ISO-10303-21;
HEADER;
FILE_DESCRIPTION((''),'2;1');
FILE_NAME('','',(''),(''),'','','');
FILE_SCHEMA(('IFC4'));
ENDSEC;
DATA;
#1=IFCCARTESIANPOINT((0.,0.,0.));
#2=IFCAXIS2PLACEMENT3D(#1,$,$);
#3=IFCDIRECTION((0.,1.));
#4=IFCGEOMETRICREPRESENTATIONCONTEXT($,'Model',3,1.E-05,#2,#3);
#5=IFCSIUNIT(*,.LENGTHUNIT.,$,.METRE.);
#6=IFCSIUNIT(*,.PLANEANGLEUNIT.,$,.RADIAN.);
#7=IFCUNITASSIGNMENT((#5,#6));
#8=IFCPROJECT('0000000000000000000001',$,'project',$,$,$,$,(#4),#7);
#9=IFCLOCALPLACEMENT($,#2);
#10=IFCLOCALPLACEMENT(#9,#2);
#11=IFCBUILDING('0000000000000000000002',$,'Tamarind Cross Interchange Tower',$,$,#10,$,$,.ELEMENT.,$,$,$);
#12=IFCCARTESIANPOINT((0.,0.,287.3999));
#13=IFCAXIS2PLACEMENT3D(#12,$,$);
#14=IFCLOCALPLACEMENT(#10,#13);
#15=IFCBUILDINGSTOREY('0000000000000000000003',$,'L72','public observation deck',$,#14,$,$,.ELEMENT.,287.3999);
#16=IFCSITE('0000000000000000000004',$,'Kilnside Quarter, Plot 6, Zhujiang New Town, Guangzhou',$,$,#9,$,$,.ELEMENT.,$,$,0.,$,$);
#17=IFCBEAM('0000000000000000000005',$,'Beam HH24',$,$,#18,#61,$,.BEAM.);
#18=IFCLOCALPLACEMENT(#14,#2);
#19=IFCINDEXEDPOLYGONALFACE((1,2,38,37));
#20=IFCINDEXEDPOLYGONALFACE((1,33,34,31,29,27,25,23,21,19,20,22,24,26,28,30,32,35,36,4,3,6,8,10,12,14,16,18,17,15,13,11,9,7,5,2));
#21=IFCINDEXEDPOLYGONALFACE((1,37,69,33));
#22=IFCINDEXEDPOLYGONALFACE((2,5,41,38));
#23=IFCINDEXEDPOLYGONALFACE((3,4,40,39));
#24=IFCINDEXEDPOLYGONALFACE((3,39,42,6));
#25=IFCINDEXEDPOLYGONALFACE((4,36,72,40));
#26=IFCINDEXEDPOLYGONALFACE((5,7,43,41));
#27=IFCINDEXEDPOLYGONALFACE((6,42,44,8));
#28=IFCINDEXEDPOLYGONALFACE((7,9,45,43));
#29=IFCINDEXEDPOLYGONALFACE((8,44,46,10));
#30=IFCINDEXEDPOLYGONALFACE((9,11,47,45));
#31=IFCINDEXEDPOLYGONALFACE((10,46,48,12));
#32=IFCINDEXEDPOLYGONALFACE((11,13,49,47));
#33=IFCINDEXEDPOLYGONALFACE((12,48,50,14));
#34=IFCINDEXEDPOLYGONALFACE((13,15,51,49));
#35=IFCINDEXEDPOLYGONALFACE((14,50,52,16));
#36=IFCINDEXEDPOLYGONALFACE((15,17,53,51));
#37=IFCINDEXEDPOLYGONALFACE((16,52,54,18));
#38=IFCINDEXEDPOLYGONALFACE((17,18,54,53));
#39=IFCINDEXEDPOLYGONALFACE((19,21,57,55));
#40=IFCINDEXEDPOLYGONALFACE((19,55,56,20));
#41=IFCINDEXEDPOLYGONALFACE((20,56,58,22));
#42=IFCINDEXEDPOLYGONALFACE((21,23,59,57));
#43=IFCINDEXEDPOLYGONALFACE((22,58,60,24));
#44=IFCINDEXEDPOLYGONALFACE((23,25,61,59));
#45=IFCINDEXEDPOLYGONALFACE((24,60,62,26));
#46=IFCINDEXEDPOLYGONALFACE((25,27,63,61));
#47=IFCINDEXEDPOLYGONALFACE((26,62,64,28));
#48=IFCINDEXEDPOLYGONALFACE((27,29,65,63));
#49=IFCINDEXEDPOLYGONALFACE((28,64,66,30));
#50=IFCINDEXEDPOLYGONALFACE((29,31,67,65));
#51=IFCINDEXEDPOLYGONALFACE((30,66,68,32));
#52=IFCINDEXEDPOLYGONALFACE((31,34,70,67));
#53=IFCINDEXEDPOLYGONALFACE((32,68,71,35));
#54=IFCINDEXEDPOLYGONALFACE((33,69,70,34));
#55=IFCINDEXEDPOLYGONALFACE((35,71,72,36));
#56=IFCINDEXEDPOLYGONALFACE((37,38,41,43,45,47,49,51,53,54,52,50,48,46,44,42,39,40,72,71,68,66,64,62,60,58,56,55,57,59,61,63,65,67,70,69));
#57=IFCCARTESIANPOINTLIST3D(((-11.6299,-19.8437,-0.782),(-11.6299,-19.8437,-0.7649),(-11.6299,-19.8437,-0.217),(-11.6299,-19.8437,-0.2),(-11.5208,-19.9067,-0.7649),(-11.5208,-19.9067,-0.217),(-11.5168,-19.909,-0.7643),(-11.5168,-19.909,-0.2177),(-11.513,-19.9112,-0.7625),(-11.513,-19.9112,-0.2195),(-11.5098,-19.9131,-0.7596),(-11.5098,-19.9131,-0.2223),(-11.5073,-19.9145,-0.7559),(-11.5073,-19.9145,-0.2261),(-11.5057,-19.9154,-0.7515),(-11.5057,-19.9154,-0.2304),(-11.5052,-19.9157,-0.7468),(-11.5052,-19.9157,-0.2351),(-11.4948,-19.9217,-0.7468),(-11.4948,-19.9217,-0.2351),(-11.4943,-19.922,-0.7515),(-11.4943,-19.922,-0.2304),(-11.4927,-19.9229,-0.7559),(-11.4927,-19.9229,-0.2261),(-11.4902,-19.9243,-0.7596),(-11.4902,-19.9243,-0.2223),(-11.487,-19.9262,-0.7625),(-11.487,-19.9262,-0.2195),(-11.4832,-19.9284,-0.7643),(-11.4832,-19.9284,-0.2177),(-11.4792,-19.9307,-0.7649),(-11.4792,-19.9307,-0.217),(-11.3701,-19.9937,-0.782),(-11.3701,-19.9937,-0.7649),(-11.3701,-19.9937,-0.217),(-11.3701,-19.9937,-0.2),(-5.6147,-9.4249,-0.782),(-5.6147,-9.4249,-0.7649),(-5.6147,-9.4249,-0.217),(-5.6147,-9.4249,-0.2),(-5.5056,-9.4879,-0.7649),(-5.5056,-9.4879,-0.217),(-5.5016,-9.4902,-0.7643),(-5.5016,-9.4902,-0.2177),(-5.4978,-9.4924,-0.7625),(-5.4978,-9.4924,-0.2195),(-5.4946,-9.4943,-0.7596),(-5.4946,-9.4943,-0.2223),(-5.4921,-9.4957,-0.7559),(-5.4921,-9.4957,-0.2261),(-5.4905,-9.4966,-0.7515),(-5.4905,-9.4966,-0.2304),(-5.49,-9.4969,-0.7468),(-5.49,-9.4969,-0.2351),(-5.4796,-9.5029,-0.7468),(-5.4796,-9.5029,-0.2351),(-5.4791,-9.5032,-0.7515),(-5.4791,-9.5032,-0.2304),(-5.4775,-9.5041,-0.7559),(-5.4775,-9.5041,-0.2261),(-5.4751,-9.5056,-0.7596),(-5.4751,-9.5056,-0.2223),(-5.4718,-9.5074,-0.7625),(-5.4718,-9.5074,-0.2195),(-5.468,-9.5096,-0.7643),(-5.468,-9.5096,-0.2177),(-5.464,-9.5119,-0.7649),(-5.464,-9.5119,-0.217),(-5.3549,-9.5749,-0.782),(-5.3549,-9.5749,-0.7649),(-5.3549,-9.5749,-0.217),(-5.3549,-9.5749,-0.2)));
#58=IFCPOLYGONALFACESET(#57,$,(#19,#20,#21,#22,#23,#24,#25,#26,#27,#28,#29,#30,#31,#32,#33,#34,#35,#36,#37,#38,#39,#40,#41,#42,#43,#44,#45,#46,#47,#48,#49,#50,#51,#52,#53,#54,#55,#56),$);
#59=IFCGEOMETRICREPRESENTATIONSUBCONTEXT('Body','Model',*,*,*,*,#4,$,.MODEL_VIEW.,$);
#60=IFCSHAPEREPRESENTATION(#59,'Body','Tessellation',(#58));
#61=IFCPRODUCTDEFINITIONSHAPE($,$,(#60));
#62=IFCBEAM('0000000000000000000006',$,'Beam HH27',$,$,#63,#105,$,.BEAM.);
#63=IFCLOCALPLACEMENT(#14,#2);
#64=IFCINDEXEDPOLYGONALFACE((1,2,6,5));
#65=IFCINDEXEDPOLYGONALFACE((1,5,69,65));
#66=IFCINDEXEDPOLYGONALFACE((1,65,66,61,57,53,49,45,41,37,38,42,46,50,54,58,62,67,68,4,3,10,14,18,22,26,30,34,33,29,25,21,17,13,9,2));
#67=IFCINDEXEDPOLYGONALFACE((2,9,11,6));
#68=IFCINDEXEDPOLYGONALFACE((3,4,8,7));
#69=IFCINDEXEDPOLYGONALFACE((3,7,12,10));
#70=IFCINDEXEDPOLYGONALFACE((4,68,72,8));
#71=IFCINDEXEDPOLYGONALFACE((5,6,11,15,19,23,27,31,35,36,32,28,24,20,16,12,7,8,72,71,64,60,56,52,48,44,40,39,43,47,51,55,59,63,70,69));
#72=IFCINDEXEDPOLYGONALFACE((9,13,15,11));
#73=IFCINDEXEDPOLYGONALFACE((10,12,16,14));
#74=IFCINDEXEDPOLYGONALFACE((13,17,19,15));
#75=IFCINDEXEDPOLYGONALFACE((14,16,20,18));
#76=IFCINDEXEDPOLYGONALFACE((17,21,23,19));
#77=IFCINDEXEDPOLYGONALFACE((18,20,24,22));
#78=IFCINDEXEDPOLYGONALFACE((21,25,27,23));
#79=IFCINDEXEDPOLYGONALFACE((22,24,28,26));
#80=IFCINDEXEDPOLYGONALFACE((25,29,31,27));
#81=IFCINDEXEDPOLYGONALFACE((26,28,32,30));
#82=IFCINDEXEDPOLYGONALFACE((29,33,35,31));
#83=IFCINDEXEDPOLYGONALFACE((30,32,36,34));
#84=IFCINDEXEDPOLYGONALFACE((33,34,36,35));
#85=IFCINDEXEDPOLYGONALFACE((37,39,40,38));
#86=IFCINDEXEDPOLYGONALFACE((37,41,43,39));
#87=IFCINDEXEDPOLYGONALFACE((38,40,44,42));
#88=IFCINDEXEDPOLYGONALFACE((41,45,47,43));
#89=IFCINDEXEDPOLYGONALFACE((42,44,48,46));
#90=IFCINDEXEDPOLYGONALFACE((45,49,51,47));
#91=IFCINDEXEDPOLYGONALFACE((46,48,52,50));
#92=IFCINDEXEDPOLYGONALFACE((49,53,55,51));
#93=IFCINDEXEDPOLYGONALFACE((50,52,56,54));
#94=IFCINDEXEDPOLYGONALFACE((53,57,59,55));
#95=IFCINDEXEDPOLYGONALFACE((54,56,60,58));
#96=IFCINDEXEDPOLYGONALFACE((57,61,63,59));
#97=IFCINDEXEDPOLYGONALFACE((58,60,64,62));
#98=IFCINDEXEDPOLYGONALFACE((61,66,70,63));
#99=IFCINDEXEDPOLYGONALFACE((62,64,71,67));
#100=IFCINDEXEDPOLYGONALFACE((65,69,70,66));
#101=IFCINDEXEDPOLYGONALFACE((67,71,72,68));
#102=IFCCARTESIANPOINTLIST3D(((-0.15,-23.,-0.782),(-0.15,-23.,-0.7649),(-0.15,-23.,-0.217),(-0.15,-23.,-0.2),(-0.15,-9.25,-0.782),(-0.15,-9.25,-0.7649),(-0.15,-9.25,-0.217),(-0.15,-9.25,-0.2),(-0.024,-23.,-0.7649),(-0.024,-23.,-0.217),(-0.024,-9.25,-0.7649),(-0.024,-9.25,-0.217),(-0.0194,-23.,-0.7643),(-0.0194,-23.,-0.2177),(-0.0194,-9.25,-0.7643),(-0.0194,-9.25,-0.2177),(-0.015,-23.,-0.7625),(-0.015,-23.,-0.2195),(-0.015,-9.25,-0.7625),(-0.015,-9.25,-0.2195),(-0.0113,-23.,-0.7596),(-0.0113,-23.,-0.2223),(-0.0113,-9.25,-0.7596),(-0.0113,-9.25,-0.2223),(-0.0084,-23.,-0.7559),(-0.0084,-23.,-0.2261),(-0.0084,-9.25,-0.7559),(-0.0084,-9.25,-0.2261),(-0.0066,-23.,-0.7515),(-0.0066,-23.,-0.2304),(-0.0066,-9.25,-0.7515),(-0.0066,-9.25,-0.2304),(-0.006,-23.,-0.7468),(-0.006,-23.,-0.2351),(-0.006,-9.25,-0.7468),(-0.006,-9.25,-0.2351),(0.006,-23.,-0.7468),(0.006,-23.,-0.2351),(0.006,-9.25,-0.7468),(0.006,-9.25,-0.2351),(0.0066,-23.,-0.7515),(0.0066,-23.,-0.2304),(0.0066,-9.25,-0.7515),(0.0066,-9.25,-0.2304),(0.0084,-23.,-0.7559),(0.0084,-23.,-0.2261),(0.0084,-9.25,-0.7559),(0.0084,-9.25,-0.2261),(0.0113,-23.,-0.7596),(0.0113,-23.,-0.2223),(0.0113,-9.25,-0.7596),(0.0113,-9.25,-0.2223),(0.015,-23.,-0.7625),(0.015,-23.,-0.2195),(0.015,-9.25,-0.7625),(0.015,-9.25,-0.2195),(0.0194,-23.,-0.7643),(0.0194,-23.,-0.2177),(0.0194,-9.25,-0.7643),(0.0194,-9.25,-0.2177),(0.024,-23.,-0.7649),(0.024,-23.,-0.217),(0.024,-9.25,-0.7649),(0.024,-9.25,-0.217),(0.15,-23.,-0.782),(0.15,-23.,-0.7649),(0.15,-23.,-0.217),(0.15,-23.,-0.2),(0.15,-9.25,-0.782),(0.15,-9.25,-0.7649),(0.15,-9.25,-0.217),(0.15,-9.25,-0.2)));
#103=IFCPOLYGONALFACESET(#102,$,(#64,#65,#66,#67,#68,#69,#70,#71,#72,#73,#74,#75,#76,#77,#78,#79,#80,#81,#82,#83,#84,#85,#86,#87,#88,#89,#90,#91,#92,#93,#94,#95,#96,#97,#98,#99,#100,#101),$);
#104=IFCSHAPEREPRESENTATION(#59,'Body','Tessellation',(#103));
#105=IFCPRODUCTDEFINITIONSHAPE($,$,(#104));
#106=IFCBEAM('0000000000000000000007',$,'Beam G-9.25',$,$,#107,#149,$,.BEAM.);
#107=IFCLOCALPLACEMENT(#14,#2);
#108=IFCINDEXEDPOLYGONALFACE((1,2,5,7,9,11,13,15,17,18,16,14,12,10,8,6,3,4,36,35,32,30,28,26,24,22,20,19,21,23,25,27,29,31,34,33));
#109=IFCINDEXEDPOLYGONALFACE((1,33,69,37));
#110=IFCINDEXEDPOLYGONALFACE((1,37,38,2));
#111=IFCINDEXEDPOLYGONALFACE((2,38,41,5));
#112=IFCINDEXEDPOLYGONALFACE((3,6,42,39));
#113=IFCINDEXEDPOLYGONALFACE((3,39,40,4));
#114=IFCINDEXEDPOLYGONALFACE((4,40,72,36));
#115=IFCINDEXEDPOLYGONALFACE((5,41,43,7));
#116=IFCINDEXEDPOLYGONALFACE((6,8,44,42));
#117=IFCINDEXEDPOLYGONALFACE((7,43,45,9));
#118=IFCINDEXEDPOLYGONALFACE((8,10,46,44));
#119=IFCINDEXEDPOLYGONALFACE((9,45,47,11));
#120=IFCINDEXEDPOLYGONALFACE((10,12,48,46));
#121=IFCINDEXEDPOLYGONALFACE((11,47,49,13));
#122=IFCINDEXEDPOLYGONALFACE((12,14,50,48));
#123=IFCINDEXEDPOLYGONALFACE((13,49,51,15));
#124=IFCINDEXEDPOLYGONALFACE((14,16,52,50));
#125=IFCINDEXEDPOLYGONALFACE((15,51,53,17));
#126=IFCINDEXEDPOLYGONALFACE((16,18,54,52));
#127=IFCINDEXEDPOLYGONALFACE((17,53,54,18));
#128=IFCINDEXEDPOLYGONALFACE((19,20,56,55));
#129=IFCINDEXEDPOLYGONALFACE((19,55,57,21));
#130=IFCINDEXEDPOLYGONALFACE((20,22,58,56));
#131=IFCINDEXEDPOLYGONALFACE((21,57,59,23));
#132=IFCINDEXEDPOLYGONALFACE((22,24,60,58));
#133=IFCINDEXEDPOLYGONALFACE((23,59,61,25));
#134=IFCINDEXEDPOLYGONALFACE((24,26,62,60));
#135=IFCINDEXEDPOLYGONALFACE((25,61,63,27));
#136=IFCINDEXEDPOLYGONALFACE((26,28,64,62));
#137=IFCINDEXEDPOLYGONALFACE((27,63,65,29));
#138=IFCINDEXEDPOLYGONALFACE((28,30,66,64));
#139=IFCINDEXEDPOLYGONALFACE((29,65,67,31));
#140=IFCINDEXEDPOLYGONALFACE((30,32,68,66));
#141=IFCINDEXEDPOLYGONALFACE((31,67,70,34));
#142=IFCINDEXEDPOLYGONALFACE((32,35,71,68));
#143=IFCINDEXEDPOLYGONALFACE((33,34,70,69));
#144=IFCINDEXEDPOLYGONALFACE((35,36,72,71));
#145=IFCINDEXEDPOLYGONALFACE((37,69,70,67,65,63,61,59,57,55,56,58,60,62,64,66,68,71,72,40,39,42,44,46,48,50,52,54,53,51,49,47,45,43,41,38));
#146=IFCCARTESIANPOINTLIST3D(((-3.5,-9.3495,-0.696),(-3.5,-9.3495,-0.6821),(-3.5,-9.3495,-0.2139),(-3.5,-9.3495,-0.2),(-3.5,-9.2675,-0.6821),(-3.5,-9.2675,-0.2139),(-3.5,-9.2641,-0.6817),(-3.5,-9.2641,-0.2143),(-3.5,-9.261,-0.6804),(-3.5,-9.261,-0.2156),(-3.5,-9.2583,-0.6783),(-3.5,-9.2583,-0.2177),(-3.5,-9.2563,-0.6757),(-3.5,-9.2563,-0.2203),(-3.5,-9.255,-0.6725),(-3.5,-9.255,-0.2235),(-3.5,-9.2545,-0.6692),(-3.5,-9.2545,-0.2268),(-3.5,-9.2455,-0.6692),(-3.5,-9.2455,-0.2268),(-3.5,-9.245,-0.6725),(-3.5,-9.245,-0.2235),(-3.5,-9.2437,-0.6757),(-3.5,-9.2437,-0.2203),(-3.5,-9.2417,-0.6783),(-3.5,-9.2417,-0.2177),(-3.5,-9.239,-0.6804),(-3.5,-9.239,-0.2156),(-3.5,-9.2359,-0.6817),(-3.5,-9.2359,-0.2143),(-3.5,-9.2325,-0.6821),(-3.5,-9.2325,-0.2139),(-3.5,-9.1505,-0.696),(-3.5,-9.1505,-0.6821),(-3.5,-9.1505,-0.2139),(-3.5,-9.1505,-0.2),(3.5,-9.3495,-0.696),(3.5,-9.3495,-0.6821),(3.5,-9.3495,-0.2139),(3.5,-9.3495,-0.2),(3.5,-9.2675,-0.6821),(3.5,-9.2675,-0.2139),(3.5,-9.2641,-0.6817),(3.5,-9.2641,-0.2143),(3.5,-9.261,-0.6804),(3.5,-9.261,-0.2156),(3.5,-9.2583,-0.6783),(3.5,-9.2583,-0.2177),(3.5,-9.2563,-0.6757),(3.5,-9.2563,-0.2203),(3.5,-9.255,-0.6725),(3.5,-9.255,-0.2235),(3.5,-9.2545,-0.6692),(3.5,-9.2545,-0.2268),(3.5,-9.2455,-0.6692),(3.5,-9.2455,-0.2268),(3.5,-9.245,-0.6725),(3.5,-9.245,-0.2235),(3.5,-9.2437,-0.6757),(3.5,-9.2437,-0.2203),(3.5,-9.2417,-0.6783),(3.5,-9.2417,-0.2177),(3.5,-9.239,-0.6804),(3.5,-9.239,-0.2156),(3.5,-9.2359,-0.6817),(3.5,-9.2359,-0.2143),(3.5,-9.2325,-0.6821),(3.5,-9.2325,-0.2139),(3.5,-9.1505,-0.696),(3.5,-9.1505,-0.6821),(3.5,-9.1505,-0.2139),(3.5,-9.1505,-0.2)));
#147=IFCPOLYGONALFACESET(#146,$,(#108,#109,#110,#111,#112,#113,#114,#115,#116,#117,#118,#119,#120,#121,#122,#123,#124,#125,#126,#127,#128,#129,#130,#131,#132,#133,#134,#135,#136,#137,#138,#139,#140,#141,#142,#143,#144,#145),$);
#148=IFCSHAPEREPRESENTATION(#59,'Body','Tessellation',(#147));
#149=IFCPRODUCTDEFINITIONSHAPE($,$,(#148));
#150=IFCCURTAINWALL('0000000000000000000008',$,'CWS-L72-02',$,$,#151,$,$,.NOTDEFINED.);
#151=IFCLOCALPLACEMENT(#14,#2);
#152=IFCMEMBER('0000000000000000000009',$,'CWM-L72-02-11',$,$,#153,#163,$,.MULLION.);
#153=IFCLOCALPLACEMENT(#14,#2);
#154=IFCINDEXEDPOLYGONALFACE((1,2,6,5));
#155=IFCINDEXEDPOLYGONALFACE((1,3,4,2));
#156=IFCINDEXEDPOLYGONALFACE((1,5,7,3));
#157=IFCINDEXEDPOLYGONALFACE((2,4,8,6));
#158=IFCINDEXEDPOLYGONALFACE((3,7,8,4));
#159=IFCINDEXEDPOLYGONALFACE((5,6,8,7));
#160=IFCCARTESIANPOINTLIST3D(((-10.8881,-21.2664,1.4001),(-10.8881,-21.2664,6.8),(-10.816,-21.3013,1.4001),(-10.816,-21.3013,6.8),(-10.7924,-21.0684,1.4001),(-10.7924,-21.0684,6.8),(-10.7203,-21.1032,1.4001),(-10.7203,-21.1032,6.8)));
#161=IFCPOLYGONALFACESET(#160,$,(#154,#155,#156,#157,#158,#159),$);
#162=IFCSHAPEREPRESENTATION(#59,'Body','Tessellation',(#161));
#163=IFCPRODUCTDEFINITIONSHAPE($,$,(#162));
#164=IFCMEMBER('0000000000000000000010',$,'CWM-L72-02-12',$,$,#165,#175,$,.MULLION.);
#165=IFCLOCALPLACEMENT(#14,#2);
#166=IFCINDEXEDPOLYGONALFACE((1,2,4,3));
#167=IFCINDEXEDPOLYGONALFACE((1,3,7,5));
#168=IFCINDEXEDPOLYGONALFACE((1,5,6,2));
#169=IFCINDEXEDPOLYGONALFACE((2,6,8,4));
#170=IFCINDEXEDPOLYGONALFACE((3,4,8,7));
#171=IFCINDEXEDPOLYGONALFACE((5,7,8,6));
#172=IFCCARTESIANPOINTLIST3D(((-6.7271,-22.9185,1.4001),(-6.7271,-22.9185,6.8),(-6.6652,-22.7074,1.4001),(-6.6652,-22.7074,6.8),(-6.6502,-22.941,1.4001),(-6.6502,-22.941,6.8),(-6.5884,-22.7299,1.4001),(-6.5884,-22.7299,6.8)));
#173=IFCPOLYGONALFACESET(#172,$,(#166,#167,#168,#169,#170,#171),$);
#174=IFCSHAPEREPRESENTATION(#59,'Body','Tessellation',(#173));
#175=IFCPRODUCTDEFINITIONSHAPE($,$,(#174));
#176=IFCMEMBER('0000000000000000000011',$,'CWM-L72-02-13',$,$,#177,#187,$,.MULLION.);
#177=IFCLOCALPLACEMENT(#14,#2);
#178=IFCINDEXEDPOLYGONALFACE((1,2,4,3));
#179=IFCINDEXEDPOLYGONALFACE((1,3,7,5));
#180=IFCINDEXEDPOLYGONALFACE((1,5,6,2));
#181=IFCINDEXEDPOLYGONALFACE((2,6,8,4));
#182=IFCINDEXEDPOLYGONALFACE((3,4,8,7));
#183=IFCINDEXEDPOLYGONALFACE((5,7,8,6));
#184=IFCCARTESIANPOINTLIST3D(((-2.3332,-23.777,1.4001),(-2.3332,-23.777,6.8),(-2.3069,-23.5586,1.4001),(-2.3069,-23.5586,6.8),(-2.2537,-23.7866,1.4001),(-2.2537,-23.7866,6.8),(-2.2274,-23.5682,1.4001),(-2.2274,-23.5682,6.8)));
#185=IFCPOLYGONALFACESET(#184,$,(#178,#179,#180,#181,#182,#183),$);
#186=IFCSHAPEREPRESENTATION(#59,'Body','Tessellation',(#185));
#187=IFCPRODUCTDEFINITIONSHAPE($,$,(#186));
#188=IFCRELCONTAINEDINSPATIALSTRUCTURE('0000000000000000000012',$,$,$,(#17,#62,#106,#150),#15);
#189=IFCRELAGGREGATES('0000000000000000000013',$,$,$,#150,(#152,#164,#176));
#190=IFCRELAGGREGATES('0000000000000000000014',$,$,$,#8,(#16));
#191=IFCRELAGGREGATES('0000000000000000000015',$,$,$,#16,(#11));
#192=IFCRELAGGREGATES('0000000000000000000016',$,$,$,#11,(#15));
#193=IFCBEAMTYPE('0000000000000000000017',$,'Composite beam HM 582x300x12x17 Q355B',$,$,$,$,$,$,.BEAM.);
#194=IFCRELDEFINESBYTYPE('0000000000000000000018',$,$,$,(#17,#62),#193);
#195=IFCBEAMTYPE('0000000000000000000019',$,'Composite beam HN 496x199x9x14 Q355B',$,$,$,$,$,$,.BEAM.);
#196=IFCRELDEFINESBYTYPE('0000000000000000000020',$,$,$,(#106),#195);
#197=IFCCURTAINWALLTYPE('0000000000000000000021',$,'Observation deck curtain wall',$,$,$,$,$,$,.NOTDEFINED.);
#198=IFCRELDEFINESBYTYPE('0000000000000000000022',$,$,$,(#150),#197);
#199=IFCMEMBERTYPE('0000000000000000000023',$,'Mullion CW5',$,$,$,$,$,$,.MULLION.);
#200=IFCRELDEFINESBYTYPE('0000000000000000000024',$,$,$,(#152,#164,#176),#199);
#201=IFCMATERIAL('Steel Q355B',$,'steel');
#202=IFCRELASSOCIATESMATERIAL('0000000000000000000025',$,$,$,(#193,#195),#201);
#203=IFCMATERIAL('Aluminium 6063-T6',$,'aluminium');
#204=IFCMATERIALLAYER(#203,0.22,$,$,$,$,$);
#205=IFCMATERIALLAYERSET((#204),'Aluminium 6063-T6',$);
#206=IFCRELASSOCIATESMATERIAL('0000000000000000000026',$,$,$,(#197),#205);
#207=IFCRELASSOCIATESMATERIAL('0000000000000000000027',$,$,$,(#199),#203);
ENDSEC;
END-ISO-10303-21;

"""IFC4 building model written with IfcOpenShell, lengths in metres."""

from ifc_helpers import new_model, si_unit, direction, frame, origin, origin_2d, place, context, subcontext, project, spatial, rectangle, i_section, extrude, material, layer, layer_set, material_profile, profile_set, type_object, element, aggregate, save


model = new_model("IFC4")

# Units and contexts
model_context = context("Model", 3, precision=1e-05, world=origin(), true_north=direction((0.0, 1.0)))
body_context = subcontext(model_context, "Body", "Model", "MODEL_VIEW")
ifc_project = project(units=[si_unit("LENGTHUNIT", "METRE"), si_unit("PLANEANGLEUNIT", "RADIAN")], contexts=[model_context])

# Site, building, storey
site_placement = place(None, origin())
site = spatial("IfcSite", under=ifc_project, at=site_placement, Name="Kilnside Quarter, Plot 6, Zhujiang New Town, Guangzhou", CompositionType="ELEMENT", RefElevation=0.0)
building_placement = place(site_placement, origin())
building = spatial("IfcBuilding", under=site, at=building_placement, Name="Tamarind Cross Interchange Tower", CompositionType="ELEMENT")
storey_placement = place(building_placement, frame((0.0, 0.0, 287.3999)))
storey = spatial("IfcBuildingStorey", under=building, at=storey_placement, Name="L72", Description="public observation deck", CompositionType="ELEMENT", Elevation=287.3999)

# Beams
ifc_material_1 = material(Name="Steel Q355B", Category="steel")
ifc_material_profile_1 = material_profile(ifc_material_1, i_section(OverallWidth=0.3, OverallDepth=0.582, WebThickness=0.012, FlangeThickness=0.0171, FilletRadius=0.0181, at=origin_2d()), Name="HM 582x300x12x17")
ifc_profile_set_1 = profile_set([ifc_material_profile_1], Name="Steel Q355B")
beam_type_1 = type_object("IfcBeamType", Name="Composite beam HM 582x300x12x17 Q355B", PredefinedType="BEAM", material=ifc_profile_set_1)
beam_1_placement = place(storey_placement, frame((-11.5, -19.9187, -0.491), z_axis=(0.499994, 0.866029, 0.0), x_axis=(-0.866029, 0.499994, 0.0)))
element("IfcBeam", 1, at=beam_1_placement, inside=storey, type_object=beam_type_1, Name="Beam HH24", PredefinedType="BEAM", context=body_context, shape_type="SweptSolid", body=[
    extrude(i_section(OverallWidth=0.3, OverallDepth=0.582, WebThickness=0.012, FlangeThickness=0.0171, FilletRadius=0.0181, at=origin_2d()), origin(), (0.0, 0.0, 1.0), 12.0305),
])
beam_2_placement = place(storey_placement, frame((0.0, -23.0, -0.491), z_axis=(0.0, 1.0, 0.0), x_axis=(-1.0, 0.0, 0.0)))
element("IfcBeam", 2, at=beam_2_placement, inside=storey, type_object=beam_type_1, Name="Beam HH27", PredefinedType="BEAM", context=body_context, shape_type="SweptSolid", body=[
    extrude(i_section(OverallWidth=0.3, OverallDepth=0.582, WebThickness=0.012, FlangeThickness=0.0171, FilletRadius=0.0181, at=origin_2d()), origin(), (0.0, 0.0, 1.0), 13.75),
])
ifc_material_profile_2 = material_profile(ifc_material_1, i_section(OverallWidth=0.199, OverallDepth=0.4961, WebThickness=0.009, FlangeThickness=0.0139, FilletRadius=0.0129, at=origin_2d()), Name="HN 496x199x9x14")
ifc_profile_set_2 = profile_set([ifc_material_profile_2], Name="Steel Q355B")
beam_type_2 = type_object("IfcBeamType", Name="Composite beam HN 496x199x9x14 Q355B", PredefinedType="BEAM", material=ifc_profile_set_2)
beam_3_placement = place(storey_placement, frame((-3.5, -9.25, -0.448), z_axis=(1.0, 0.0, 0.0), x_axis=(0.0, 1.0, 0.0)))
element("IfcBeam", 3, at=beam_3_placement, inside=storey, type_object=beam_type_2, Name="Beam G-9.25", PredefinedType="BEAM", context=body_context, shape_type="SweptSolid", body=[
    extrude(i_section(OverallWidth=0.199, OverallDepth=0.4961, WebThickness=0.009, FlangeThickness=0.0139, FilletRadius=0.0129, at=origin_2d()), origin(), (0.0, 0.0, 1.0), 7.0),
])

# Curtain wall, members
ifc_material_2 = material(Name="Aluminium 6063-T6", Category="aluminium")
ifc_layer_1 = layer(ifc_material_2, 0.22)
ifc_layer_set_1 = layer_set([ifc_layer_1], Name="Aluminium 6063-T6")
curtain_wall_type = type_object("IfcCurtainWallType", Name="Observation deck curtain wall", PredefinedType="NOTDEFINED", material=ifc_layer_set_1)
curtain_wall_placement = place(storey_placement, origin())
curtain_wall = element("IfcCurtainWall", 4, at=curtain_wall_placement, inside=storey, type_object=curtain_wall_type, Name="CWS-L72-02", PredefinedType="NOTDEFINED")
ifc_material_profile_3 = material_profile(ifc_material_2, rectangle(XDim=0.0801, YDim=0.22, at=origin_2d()), Name="Mullion CW5")
ifc_profile_set_3 = profile_set([ifc_material_profile_3], Name="Aluminium 6063-T6")
member_type = type_object("IfcMemberType", Name="Mullion CW5", PredefinedType="MULLION", material=ifc_profile_set_3)
member_1_placement = place(storey_placement, frame((-10.8042, -21.1848, 1.4001), z_axis=(0.0, 0.0, 1.0), x_axis=(0.900273, -0.435326, 0.0)))
member_1 = element("IfcMember", 5, at=member_1_placement, type_object=member_type, Name="CWM-L72-02-11", PredefinedType="MULLION", context=body_context, shape_type="SweptSolid", body=[
    extrude(rectangle(XDim=0.0801, YDim=0.22, at=origin_2d()), origin(), (0.0, 0.0, 1.0), 5.3999),
])
member_2_placement = place(storey_placement, frame((-6.6577, -22.8242, 1.4001), z_axis=(0.0, 0.0, 1.0), x_axis=(0.959647, -0.281209, 0.0)))
member_2 = element("IfcMember", 6, at=member_2_placement, type_object=member_type, Name="CWM-L72-02-12", PredefinedType="MULLION", context=body_context, shape_type="SweptSolid", body=[
    extrude(rectangle(XDim=0.0801, YDim=0.22, at=origin_2d()), origin(), (0.0, 0.0, 1.0), 5.3999),
])
member_3_placement = place(storey_placement, frame((-2.2803, -23.6726, 1.4001), z_axis=(0.0, 0.0, 1.0), x_axis=(0.992844, -0.119421, 0.0)))
member_3 = element("IfcMember", 7, at=member_3_placement, type_object=member_type, Name="CWM-L72-02-13", PredefinedType="MULLION", context=body_context, shape_type="SweptSolid", body=[
    extrude(rectangle(XDim=0.0801, YDim=0.22, at=origin_2d()), origin(), (0.0, 0.0, 1.0), 5.3999),
])
aggregate(curtain_wall, [member_1, member_2, member_3])

save(model, "model.ifc")
